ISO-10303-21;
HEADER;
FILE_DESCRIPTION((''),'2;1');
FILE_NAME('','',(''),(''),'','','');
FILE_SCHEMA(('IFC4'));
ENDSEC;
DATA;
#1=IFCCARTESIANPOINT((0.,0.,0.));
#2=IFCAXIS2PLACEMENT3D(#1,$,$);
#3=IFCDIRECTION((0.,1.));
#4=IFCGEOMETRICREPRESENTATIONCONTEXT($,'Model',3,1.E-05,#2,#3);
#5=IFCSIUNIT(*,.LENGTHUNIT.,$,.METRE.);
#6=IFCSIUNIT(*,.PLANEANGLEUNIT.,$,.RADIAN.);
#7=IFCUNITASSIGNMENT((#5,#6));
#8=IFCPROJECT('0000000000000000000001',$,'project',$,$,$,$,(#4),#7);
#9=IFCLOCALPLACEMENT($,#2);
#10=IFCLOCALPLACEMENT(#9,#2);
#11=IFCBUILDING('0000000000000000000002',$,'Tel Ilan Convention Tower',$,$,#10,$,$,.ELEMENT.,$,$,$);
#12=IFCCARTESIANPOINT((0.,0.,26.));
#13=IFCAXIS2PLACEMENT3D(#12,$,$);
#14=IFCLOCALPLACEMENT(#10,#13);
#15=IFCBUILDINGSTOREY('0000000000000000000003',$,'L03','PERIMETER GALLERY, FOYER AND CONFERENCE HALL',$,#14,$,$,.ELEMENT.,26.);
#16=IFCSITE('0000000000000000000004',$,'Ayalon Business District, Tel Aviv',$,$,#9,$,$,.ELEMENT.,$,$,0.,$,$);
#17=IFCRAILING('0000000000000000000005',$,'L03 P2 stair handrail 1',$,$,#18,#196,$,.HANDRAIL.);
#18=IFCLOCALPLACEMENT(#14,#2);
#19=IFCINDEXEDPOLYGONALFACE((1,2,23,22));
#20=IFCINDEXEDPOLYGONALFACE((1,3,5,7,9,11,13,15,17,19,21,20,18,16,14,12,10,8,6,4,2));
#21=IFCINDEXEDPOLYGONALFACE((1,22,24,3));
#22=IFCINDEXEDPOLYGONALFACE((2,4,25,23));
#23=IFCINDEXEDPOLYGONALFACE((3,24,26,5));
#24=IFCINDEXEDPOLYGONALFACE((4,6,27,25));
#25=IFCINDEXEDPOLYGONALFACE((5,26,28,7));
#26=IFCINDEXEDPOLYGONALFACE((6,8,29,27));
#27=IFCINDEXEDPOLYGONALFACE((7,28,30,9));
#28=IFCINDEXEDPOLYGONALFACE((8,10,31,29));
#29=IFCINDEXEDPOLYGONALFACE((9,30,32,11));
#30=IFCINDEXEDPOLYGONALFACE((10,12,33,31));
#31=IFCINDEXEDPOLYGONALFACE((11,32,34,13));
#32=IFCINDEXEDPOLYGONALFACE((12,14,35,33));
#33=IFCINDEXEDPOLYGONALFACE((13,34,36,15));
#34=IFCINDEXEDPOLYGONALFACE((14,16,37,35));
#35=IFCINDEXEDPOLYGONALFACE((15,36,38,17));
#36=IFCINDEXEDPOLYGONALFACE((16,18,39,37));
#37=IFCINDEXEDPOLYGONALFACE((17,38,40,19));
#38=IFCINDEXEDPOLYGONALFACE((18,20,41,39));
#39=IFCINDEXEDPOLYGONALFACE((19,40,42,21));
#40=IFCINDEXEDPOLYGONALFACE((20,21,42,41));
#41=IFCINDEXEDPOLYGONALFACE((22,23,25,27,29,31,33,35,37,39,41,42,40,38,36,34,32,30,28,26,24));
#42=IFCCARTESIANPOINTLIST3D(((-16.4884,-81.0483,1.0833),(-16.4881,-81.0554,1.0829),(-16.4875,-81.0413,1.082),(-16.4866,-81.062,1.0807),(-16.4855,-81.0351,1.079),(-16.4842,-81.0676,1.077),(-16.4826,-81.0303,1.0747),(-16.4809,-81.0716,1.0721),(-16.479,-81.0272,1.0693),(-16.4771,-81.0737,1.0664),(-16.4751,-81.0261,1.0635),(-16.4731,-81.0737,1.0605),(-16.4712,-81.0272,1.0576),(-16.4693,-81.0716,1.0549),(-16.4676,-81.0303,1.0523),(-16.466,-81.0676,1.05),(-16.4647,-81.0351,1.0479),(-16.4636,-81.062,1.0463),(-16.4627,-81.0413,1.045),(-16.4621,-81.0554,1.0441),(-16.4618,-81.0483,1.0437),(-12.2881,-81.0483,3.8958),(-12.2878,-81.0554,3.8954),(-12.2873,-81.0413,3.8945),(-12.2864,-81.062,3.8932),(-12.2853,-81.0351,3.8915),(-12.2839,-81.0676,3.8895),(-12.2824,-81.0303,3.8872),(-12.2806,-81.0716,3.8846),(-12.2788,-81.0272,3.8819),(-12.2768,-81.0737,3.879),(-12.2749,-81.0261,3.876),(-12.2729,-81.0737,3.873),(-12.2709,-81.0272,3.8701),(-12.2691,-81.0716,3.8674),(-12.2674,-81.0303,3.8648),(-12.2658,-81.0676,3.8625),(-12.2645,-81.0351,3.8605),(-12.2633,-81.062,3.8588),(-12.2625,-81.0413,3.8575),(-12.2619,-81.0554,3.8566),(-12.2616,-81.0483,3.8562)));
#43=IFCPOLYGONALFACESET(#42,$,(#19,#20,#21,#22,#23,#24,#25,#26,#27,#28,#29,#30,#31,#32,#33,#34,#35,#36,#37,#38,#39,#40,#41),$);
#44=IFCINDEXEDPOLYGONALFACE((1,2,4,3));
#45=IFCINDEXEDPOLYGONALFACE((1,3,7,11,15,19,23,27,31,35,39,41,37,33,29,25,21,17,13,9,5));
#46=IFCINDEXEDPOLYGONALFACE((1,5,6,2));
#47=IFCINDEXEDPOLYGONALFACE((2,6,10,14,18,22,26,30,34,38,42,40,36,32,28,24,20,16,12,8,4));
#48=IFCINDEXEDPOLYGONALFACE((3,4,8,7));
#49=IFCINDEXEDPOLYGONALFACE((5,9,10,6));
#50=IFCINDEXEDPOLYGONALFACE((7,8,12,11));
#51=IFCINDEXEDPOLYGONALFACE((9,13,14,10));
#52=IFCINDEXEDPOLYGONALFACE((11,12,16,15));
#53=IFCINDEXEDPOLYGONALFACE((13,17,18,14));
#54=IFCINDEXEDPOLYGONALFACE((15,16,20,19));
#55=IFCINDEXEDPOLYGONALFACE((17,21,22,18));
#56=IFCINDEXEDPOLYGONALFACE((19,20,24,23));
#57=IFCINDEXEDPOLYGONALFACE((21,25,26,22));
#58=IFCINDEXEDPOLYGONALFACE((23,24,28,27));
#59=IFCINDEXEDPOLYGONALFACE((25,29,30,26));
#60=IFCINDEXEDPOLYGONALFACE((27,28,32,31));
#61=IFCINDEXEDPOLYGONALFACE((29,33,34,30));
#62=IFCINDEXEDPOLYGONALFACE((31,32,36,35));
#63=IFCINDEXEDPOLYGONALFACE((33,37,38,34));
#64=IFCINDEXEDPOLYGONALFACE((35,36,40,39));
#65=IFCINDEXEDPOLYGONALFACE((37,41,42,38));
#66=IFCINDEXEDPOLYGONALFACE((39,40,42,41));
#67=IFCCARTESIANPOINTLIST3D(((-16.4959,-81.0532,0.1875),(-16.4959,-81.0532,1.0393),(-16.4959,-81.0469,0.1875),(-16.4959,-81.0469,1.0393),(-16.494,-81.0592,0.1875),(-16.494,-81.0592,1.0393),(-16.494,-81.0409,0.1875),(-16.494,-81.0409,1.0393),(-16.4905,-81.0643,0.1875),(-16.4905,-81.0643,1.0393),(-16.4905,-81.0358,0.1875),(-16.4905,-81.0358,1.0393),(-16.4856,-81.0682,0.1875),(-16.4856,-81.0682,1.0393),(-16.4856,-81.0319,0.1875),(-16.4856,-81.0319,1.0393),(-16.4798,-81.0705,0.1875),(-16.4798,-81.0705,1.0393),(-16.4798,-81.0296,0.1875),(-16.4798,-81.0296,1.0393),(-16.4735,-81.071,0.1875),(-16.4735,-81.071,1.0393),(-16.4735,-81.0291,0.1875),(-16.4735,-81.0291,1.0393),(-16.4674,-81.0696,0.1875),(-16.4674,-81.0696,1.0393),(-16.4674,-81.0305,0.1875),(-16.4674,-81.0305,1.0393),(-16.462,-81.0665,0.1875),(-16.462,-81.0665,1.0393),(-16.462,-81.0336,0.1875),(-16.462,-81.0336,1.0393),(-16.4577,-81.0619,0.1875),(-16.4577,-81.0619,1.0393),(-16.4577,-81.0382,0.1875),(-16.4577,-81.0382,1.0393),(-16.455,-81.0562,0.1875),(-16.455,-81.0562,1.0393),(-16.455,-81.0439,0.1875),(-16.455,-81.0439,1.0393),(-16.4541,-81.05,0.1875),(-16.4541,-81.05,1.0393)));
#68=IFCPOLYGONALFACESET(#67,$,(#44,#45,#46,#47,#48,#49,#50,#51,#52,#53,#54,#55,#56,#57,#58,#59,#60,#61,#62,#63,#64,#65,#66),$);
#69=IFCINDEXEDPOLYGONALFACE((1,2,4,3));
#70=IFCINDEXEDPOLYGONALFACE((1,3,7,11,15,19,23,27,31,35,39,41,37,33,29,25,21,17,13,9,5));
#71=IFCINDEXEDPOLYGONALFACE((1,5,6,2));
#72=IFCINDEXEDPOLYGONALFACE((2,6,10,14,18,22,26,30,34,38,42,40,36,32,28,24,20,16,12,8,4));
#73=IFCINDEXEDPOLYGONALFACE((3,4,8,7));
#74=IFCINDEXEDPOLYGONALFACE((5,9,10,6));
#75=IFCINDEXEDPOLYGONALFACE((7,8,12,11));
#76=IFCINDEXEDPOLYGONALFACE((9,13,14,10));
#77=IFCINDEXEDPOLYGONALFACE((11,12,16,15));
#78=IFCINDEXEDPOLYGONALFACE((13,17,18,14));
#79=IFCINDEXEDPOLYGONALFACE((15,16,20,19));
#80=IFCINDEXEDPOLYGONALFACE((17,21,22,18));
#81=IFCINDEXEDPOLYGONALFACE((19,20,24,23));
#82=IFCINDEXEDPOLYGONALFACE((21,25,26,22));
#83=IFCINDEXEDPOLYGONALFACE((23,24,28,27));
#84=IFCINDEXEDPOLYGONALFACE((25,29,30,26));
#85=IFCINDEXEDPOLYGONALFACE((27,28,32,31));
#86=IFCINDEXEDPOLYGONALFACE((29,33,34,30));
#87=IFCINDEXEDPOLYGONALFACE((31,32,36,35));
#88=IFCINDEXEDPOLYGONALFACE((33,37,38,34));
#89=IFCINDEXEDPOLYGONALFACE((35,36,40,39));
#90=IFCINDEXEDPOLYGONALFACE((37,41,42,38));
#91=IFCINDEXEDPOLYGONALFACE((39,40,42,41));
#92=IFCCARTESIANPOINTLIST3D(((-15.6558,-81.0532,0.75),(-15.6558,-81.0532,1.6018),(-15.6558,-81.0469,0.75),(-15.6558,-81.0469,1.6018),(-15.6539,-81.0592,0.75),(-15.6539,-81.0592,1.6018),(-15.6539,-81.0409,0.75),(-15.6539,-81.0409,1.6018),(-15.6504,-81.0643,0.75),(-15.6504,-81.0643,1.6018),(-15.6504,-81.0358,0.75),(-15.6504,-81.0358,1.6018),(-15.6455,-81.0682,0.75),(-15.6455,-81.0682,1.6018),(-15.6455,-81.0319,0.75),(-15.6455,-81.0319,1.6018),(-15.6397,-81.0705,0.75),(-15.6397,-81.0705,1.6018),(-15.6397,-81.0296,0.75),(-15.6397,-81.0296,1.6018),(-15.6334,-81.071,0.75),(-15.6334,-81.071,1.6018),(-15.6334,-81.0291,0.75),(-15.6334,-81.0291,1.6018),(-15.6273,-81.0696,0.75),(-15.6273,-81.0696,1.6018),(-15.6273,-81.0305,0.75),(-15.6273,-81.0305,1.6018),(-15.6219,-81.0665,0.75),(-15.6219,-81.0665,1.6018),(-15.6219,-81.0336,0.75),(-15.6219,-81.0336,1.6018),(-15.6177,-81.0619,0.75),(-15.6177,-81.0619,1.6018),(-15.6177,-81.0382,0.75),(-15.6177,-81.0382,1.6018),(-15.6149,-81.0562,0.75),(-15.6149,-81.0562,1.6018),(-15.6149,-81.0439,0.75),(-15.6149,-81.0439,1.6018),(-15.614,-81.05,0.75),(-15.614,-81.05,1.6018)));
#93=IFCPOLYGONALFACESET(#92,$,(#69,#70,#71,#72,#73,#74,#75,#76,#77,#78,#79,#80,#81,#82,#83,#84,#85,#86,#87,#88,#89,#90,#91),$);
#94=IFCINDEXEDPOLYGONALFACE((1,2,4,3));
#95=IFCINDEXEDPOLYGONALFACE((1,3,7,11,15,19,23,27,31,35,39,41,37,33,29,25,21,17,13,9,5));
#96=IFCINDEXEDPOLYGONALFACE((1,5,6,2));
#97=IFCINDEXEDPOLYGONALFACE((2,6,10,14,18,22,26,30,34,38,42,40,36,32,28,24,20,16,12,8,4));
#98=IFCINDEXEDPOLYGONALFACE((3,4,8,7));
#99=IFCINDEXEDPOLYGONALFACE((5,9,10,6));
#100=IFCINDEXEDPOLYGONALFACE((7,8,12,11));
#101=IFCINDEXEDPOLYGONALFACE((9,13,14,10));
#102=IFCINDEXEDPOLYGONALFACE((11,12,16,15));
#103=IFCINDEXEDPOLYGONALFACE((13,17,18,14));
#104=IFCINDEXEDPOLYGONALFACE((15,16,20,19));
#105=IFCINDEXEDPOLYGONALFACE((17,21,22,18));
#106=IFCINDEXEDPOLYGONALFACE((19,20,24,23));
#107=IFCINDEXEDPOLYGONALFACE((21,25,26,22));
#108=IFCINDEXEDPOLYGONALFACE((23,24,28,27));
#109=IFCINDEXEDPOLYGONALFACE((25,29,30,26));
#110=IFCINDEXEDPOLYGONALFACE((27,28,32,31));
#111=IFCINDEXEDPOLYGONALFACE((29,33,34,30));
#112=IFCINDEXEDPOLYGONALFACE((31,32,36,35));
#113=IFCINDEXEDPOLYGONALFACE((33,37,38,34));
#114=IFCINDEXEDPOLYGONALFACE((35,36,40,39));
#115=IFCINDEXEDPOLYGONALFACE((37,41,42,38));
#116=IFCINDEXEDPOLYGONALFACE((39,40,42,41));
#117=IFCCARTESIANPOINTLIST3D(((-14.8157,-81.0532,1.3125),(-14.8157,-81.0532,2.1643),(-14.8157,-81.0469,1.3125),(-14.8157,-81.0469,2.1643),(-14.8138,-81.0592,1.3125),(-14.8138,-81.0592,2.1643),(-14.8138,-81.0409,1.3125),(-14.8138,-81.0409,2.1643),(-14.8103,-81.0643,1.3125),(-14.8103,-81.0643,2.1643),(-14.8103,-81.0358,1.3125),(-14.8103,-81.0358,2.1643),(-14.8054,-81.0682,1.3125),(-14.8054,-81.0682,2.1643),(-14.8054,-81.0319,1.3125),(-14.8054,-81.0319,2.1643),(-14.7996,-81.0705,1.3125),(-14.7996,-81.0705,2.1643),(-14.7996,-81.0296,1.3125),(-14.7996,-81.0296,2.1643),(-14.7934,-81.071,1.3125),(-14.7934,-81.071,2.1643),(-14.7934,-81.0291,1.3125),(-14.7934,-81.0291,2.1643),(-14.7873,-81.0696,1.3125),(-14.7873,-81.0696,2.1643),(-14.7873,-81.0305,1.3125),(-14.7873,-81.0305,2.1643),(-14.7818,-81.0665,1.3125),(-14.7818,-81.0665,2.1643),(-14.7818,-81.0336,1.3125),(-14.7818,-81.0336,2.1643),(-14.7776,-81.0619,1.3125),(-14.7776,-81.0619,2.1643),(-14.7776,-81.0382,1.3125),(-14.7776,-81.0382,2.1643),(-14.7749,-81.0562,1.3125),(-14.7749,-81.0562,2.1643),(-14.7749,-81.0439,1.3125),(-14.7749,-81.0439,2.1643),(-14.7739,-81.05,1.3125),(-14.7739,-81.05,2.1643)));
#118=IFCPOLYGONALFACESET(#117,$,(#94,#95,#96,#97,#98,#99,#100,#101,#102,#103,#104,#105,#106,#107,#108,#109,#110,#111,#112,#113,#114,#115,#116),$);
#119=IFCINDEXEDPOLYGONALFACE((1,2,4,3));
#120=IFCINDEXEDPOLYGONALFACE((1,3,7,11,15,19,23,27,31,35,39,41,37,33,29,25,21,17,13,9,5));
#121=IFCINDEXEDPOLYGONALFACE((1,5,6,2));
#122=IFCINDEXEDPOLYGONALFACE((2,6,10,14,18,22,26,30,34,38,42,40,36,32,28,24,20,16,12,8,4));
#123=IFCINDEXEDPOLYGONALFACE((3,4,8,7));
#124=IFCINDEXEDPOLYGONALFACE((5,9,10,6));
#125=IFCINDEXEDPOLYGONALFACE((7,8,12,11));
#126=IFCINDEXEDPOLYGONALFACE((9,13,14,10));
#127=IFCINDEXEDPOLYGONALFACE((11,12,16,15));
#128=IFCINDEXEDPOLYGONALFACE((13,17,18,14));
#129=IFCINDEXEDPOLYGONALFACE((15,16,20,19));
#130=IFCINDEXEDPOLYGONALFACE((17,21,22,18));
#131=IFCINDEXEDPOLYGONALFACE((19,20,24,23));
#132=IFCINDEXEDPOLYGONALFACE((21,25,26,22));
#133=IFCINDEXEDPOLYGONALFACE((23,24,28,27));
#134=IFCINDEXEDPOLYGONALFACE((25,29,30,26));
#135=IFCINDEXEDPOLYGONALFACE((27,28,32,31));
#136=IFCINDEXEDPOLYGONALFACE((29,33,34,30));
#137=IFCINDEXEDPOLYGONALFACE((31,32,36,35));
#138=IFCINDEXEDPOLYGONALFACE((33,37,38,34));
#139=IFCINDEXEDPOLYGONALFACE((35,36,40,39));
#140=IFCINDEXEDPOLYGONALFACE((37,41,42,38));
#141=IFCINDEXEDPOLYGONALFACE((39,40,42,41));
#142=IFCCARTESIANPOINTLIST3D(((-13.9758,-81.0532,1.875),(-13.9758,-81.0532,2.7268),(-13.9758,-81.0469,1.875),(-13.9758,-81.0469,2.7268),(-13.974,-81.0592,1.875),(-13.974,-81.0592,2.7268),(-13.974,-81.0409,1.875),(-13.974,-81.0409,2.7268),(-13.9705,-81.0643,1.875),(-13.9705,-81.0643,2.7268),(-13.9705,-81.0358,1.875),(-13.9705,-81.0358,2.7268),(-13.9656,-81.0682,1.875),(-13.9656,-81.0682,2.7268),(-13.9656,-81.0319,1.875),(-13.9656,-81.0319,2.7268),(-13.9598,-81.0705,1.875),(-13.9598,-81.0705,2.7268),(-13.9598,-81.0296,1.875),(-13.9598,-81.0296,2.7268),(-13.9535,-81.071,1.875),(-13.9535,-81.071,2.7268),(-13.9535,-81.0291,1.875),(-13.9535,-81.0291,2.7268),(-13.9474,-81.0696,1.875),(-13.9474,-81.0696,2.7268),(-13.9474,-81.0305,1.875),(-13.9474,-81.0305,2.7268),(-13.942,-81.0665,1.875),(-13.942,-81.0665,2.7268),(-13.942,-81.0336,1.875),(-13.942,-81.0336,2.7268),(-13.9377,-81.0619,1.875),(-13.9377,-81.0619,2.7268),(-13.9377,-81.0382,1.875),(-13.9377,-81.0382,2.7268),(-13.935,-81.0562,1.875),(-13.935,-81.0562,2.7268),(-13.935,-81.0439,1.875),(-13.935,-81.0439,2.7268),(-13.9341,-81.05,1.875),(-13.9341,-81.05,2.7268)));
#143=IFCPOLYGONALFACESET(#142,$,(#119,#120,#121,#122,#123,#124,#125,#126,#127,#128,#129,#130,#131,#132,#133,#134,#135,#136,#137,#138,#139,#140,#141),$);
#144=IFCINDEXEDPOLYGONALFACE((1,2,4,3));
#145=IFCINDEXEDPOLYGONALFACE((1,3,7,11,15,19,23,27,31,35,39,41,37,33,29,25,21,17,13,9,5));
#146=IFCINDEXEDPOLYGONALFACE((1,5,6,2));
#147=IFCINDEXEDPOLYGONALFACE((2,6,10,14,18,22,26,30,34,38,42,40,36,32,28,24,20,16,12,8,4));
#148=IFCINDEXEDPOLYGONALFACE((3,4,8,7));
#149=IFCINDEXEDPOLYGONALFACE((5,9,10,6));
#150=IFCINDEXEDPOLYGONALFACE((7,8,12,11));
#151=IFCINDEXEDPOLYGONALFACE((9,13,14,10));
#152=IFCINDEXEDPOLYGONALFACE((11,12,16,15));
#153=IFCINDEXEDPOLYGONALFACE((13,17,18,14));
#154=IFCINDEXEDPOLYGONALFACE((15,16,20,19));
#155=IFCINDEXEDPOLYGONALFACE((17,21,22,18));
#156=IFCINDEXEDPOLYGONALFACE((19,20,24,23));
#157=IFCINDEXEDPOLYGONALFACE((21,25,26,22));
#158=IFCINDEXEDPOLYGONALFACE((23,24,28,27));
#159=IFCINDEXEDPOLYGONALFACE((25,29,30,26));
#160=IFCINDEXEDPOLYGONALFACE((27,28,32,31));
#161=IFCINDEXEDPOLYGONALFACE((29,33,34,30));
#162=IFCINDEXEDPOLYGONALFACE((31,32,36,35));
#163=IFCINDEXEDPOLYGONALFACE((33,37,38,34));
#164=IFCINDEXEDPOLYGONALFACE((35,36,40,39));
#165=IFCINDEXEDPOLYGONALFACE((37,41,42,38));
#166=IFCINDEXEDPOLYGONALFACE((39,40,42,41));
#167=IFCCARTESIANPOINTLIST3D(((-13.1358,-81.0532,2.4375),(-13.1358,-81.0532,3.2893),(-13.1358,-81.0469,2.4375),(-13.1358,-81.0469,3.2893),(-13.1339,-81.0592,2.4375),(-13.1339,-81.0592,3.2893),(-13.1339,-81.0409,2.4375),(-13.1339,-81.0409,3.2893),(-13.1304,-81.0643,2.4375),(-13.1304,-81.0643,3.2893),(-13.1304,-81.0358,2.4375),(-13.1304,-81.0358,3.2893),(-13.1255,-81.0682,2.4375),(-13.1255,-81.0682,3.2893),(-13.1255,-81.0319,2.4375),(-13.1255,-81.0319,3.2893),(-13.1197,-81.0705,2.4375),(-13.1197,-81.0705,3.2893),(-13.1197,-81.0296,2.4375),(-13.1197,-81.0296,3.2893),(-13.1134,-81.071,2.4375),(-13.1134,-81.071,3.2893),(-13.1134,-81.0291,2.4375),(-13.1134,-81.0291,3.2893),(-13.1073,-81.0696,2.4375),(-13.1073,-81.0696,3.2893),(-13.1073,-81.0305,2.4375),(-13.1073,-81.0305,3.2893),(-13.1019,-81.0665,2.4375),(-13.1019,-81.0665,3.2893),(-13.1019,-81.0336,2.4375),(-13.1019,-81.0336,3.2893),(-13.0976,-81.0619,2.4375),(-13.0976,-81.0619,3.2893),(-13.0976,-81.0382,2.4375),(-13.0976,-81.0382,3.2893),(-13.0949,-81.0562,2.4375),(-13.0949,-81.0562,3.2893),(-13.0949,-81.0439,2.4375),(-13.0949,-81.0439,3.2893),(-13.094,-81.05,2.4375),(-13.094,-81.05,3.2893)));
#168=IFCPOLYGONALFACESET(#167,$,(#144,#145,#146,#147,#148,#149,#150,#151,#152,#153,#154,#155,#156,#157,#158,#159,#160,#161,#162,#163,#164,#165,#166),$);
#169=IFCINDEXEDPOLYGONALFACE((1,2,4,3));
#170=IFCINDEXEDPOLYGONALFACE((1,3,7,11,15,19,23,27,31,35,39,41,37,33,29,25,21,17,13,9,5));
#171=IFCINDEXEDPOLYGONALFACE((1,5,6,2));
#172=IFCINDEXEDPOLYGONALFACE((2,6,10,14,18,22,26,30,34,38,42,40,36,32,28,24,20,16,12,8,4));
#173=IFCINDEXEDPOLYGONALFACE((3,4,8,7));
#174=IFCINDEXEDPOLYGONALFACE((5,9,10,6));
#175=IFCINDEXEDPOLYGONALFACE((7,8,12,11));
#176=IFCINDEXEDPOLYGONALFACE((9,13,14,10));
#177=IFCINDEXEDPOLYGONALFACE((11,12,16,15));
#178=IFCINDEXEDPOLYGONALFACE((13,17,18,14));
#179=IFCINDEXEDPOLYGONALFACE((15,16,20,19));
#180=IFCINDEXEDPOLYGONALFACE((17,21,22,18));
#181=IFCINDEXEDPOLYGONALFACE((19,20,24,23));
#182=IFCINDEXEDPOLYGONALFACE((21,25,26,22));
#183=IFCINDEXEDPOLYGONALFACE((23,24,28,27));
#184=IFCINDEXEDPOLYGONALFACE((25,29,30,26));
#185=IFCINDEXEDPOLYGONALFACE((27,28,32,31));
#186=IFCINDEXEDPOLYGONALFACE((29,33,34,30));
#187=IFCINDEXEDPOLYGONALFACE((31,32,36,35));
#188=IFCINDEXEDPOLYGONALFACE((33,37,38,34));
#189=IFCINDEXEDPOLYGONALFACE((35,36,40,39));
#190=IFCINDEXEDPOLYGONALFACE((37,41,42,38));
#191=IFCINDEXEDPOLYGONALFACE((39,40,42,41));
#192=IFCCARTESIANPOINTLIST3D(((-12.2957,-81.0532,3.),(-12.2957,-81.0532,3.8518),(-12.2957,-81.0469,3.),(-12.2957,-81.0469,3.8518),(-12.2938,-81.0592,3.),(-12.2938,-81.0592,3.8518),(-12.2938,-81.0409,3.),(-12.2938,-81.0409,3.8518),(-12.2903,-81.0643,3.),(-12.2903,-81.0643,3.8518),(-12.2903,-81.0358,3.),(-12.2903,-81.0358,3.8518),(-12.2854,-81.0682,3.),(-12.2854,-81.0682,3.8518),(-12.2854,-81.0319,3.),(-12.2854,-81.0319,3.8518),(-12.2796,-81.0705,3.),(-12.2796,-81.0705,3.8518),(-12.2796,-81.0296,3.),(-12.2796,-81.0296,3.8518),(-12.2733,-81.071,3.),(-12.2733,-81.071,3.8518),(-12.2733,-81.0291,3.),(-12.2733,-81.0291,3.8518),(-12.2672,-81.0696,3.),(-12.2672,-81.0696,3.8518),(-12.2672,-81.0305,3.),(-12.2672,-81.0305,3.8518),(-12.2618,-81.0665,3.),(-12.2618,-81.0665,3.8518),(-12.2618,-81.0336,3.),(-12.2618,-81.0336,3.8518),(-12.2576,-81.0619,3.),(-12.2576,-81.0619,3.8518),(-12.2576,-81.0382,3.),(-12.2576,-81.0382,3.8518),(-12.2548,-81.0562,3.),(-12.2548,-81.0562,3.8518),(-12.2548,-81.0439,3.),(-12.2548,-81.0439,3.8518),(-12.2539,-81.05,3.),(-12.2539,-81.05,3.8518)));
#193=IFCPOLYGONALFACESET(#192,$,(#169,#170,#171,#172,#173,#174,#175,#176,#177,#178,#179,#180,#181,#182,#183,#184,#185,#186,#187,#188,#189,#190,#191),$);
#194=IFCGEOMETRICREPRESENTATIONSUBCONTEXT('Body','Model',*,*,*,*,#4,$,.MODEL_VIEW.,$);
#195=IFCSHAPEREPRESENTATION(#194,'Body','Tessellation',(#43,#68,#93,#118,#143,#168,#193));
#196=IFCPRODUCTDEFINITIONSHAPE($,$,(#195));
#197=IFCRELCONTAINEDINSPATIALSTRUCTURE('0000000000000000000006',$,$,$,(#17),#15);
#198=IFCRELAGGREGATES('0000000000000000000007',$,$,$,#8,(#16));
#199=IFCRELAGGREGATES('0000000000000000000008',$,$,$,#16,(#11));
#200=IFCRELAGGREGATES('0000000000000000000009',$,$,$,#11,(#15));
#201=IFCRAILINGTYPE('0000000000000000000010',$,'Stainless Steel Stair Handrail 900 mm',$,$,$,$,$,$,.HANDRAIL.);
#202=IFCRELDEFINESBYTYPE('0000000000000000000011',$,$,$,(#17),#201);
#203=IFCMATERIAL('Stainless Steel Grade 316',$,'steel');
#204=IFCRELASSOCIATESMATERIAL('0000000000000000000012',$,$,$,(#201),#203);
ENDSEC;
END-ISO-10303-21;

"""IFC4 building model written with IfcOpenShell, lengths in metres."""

from ifc_helpers import new_model, si_unit, direction, frame, origin, origin_2d, place, context, subcontext, project, spatial, circle, extrude, material, type_object, element, save


model = new_model("IFC4")

# Units and contexts
model_context = context("Model", 3, precision=1e-05, world=origin(), true_north=direction((0.0, 1.0)))
body_context = subcontext(model_context, "Body", "Model", "MODEL_VIEW")
ifc_project = project(units=[si_unit("LENGTHUNIT", "METRE"), si_unit("PLANEANGLEUNIT", "RADIAN")], contexts=[model_context])

# Site, building, storey
site_placement = place(None, origin())
site = spatial("IfcSite", under=ifc_project, at=site_placement, Name="Ayalon Business District, Tel Aviv", CompositionType="ELEMENT", RefElevation=0.0)
building_placement = place(site_placement, origin())
building = spatial("IfcBuilding", under=site, at=building_placement, Name="Tel Ilan Convention Tower", CompositionType="ELEMENT")
storey_placement = place(building_placement, frame((0.0, 0.0, 26.0)))
storey = spatial("IfcBuildingStorey", under=building, at=storey_placement, Name="L03", Description="PERIMETER GALLERY, FOYER AND CONFERENCE HALL", CompositionType="ELEMENT", Elevation=26.0)

# Railing
ifc_material_1 = material(Name="Stainless Steel Grade 316", Category="steel")
railing_type_1 = type_object("IfcRailingType", Name="Stainless Steel Stair Handrail 900 mm", PredefinedType="HANDRAIL", material=ifc_material_1)
railing_1_placement = place(storey_placement, frame((-16.4751, -81.05, 0.1875)))
element("IfcRailing", 1, at=railing_1_placement, inside=storey, type_object=railing_type_1, Name="L03 P2 stair handrail 1", PredefinedType="HANDRAIL", context=body_context, shape_type="SweptSolid", body=[
    extrude(circle(Radius=0.0239, at=origin_2d()), frame((0.0, 0.0, 0.876), z_axis=(0.830919, 0.0, 0.556393), x_axis=(0.0, 1.0, 0.0)), (0.0, 0.0, 1.0), 5.0549),
    extrude(circle(Radius=0.021, at=origin_2d()), origin(), (0.0, 0.0, 1.0), 0.8518),
    extrude(circle(Radius=0.021, at=origin_2d()), frame((0.8401, 0.0, 0.5625)), (0.0, 0.0, 1.0), 0.8518),
    extrude(circle(Radius=0.021, at=origin_2d()), frame((1.6802, 0.0, 1.125)), (0.0, 0.0, 1.0), 0.8518),
    extrude(circle(Radius=0.021, at=origin_2d()), frame((2.52, 0.0, 1.6875)), (0.0, 0.0, 1.0), 0.8518),
    extrude(circle(Radius=0.021, at=origin_2d()), frame((3.3601, 0.0, 2.25)), (0.0, 0.0, 1.0), 0.8518),
    extrude(circle(Radius=0.021, at=origin_2d()), frame((4.2002, 0.0, 2.8125)), (0.0, 0.0, 1.0), 0.8518),
])

save(model, "model.ifc")
